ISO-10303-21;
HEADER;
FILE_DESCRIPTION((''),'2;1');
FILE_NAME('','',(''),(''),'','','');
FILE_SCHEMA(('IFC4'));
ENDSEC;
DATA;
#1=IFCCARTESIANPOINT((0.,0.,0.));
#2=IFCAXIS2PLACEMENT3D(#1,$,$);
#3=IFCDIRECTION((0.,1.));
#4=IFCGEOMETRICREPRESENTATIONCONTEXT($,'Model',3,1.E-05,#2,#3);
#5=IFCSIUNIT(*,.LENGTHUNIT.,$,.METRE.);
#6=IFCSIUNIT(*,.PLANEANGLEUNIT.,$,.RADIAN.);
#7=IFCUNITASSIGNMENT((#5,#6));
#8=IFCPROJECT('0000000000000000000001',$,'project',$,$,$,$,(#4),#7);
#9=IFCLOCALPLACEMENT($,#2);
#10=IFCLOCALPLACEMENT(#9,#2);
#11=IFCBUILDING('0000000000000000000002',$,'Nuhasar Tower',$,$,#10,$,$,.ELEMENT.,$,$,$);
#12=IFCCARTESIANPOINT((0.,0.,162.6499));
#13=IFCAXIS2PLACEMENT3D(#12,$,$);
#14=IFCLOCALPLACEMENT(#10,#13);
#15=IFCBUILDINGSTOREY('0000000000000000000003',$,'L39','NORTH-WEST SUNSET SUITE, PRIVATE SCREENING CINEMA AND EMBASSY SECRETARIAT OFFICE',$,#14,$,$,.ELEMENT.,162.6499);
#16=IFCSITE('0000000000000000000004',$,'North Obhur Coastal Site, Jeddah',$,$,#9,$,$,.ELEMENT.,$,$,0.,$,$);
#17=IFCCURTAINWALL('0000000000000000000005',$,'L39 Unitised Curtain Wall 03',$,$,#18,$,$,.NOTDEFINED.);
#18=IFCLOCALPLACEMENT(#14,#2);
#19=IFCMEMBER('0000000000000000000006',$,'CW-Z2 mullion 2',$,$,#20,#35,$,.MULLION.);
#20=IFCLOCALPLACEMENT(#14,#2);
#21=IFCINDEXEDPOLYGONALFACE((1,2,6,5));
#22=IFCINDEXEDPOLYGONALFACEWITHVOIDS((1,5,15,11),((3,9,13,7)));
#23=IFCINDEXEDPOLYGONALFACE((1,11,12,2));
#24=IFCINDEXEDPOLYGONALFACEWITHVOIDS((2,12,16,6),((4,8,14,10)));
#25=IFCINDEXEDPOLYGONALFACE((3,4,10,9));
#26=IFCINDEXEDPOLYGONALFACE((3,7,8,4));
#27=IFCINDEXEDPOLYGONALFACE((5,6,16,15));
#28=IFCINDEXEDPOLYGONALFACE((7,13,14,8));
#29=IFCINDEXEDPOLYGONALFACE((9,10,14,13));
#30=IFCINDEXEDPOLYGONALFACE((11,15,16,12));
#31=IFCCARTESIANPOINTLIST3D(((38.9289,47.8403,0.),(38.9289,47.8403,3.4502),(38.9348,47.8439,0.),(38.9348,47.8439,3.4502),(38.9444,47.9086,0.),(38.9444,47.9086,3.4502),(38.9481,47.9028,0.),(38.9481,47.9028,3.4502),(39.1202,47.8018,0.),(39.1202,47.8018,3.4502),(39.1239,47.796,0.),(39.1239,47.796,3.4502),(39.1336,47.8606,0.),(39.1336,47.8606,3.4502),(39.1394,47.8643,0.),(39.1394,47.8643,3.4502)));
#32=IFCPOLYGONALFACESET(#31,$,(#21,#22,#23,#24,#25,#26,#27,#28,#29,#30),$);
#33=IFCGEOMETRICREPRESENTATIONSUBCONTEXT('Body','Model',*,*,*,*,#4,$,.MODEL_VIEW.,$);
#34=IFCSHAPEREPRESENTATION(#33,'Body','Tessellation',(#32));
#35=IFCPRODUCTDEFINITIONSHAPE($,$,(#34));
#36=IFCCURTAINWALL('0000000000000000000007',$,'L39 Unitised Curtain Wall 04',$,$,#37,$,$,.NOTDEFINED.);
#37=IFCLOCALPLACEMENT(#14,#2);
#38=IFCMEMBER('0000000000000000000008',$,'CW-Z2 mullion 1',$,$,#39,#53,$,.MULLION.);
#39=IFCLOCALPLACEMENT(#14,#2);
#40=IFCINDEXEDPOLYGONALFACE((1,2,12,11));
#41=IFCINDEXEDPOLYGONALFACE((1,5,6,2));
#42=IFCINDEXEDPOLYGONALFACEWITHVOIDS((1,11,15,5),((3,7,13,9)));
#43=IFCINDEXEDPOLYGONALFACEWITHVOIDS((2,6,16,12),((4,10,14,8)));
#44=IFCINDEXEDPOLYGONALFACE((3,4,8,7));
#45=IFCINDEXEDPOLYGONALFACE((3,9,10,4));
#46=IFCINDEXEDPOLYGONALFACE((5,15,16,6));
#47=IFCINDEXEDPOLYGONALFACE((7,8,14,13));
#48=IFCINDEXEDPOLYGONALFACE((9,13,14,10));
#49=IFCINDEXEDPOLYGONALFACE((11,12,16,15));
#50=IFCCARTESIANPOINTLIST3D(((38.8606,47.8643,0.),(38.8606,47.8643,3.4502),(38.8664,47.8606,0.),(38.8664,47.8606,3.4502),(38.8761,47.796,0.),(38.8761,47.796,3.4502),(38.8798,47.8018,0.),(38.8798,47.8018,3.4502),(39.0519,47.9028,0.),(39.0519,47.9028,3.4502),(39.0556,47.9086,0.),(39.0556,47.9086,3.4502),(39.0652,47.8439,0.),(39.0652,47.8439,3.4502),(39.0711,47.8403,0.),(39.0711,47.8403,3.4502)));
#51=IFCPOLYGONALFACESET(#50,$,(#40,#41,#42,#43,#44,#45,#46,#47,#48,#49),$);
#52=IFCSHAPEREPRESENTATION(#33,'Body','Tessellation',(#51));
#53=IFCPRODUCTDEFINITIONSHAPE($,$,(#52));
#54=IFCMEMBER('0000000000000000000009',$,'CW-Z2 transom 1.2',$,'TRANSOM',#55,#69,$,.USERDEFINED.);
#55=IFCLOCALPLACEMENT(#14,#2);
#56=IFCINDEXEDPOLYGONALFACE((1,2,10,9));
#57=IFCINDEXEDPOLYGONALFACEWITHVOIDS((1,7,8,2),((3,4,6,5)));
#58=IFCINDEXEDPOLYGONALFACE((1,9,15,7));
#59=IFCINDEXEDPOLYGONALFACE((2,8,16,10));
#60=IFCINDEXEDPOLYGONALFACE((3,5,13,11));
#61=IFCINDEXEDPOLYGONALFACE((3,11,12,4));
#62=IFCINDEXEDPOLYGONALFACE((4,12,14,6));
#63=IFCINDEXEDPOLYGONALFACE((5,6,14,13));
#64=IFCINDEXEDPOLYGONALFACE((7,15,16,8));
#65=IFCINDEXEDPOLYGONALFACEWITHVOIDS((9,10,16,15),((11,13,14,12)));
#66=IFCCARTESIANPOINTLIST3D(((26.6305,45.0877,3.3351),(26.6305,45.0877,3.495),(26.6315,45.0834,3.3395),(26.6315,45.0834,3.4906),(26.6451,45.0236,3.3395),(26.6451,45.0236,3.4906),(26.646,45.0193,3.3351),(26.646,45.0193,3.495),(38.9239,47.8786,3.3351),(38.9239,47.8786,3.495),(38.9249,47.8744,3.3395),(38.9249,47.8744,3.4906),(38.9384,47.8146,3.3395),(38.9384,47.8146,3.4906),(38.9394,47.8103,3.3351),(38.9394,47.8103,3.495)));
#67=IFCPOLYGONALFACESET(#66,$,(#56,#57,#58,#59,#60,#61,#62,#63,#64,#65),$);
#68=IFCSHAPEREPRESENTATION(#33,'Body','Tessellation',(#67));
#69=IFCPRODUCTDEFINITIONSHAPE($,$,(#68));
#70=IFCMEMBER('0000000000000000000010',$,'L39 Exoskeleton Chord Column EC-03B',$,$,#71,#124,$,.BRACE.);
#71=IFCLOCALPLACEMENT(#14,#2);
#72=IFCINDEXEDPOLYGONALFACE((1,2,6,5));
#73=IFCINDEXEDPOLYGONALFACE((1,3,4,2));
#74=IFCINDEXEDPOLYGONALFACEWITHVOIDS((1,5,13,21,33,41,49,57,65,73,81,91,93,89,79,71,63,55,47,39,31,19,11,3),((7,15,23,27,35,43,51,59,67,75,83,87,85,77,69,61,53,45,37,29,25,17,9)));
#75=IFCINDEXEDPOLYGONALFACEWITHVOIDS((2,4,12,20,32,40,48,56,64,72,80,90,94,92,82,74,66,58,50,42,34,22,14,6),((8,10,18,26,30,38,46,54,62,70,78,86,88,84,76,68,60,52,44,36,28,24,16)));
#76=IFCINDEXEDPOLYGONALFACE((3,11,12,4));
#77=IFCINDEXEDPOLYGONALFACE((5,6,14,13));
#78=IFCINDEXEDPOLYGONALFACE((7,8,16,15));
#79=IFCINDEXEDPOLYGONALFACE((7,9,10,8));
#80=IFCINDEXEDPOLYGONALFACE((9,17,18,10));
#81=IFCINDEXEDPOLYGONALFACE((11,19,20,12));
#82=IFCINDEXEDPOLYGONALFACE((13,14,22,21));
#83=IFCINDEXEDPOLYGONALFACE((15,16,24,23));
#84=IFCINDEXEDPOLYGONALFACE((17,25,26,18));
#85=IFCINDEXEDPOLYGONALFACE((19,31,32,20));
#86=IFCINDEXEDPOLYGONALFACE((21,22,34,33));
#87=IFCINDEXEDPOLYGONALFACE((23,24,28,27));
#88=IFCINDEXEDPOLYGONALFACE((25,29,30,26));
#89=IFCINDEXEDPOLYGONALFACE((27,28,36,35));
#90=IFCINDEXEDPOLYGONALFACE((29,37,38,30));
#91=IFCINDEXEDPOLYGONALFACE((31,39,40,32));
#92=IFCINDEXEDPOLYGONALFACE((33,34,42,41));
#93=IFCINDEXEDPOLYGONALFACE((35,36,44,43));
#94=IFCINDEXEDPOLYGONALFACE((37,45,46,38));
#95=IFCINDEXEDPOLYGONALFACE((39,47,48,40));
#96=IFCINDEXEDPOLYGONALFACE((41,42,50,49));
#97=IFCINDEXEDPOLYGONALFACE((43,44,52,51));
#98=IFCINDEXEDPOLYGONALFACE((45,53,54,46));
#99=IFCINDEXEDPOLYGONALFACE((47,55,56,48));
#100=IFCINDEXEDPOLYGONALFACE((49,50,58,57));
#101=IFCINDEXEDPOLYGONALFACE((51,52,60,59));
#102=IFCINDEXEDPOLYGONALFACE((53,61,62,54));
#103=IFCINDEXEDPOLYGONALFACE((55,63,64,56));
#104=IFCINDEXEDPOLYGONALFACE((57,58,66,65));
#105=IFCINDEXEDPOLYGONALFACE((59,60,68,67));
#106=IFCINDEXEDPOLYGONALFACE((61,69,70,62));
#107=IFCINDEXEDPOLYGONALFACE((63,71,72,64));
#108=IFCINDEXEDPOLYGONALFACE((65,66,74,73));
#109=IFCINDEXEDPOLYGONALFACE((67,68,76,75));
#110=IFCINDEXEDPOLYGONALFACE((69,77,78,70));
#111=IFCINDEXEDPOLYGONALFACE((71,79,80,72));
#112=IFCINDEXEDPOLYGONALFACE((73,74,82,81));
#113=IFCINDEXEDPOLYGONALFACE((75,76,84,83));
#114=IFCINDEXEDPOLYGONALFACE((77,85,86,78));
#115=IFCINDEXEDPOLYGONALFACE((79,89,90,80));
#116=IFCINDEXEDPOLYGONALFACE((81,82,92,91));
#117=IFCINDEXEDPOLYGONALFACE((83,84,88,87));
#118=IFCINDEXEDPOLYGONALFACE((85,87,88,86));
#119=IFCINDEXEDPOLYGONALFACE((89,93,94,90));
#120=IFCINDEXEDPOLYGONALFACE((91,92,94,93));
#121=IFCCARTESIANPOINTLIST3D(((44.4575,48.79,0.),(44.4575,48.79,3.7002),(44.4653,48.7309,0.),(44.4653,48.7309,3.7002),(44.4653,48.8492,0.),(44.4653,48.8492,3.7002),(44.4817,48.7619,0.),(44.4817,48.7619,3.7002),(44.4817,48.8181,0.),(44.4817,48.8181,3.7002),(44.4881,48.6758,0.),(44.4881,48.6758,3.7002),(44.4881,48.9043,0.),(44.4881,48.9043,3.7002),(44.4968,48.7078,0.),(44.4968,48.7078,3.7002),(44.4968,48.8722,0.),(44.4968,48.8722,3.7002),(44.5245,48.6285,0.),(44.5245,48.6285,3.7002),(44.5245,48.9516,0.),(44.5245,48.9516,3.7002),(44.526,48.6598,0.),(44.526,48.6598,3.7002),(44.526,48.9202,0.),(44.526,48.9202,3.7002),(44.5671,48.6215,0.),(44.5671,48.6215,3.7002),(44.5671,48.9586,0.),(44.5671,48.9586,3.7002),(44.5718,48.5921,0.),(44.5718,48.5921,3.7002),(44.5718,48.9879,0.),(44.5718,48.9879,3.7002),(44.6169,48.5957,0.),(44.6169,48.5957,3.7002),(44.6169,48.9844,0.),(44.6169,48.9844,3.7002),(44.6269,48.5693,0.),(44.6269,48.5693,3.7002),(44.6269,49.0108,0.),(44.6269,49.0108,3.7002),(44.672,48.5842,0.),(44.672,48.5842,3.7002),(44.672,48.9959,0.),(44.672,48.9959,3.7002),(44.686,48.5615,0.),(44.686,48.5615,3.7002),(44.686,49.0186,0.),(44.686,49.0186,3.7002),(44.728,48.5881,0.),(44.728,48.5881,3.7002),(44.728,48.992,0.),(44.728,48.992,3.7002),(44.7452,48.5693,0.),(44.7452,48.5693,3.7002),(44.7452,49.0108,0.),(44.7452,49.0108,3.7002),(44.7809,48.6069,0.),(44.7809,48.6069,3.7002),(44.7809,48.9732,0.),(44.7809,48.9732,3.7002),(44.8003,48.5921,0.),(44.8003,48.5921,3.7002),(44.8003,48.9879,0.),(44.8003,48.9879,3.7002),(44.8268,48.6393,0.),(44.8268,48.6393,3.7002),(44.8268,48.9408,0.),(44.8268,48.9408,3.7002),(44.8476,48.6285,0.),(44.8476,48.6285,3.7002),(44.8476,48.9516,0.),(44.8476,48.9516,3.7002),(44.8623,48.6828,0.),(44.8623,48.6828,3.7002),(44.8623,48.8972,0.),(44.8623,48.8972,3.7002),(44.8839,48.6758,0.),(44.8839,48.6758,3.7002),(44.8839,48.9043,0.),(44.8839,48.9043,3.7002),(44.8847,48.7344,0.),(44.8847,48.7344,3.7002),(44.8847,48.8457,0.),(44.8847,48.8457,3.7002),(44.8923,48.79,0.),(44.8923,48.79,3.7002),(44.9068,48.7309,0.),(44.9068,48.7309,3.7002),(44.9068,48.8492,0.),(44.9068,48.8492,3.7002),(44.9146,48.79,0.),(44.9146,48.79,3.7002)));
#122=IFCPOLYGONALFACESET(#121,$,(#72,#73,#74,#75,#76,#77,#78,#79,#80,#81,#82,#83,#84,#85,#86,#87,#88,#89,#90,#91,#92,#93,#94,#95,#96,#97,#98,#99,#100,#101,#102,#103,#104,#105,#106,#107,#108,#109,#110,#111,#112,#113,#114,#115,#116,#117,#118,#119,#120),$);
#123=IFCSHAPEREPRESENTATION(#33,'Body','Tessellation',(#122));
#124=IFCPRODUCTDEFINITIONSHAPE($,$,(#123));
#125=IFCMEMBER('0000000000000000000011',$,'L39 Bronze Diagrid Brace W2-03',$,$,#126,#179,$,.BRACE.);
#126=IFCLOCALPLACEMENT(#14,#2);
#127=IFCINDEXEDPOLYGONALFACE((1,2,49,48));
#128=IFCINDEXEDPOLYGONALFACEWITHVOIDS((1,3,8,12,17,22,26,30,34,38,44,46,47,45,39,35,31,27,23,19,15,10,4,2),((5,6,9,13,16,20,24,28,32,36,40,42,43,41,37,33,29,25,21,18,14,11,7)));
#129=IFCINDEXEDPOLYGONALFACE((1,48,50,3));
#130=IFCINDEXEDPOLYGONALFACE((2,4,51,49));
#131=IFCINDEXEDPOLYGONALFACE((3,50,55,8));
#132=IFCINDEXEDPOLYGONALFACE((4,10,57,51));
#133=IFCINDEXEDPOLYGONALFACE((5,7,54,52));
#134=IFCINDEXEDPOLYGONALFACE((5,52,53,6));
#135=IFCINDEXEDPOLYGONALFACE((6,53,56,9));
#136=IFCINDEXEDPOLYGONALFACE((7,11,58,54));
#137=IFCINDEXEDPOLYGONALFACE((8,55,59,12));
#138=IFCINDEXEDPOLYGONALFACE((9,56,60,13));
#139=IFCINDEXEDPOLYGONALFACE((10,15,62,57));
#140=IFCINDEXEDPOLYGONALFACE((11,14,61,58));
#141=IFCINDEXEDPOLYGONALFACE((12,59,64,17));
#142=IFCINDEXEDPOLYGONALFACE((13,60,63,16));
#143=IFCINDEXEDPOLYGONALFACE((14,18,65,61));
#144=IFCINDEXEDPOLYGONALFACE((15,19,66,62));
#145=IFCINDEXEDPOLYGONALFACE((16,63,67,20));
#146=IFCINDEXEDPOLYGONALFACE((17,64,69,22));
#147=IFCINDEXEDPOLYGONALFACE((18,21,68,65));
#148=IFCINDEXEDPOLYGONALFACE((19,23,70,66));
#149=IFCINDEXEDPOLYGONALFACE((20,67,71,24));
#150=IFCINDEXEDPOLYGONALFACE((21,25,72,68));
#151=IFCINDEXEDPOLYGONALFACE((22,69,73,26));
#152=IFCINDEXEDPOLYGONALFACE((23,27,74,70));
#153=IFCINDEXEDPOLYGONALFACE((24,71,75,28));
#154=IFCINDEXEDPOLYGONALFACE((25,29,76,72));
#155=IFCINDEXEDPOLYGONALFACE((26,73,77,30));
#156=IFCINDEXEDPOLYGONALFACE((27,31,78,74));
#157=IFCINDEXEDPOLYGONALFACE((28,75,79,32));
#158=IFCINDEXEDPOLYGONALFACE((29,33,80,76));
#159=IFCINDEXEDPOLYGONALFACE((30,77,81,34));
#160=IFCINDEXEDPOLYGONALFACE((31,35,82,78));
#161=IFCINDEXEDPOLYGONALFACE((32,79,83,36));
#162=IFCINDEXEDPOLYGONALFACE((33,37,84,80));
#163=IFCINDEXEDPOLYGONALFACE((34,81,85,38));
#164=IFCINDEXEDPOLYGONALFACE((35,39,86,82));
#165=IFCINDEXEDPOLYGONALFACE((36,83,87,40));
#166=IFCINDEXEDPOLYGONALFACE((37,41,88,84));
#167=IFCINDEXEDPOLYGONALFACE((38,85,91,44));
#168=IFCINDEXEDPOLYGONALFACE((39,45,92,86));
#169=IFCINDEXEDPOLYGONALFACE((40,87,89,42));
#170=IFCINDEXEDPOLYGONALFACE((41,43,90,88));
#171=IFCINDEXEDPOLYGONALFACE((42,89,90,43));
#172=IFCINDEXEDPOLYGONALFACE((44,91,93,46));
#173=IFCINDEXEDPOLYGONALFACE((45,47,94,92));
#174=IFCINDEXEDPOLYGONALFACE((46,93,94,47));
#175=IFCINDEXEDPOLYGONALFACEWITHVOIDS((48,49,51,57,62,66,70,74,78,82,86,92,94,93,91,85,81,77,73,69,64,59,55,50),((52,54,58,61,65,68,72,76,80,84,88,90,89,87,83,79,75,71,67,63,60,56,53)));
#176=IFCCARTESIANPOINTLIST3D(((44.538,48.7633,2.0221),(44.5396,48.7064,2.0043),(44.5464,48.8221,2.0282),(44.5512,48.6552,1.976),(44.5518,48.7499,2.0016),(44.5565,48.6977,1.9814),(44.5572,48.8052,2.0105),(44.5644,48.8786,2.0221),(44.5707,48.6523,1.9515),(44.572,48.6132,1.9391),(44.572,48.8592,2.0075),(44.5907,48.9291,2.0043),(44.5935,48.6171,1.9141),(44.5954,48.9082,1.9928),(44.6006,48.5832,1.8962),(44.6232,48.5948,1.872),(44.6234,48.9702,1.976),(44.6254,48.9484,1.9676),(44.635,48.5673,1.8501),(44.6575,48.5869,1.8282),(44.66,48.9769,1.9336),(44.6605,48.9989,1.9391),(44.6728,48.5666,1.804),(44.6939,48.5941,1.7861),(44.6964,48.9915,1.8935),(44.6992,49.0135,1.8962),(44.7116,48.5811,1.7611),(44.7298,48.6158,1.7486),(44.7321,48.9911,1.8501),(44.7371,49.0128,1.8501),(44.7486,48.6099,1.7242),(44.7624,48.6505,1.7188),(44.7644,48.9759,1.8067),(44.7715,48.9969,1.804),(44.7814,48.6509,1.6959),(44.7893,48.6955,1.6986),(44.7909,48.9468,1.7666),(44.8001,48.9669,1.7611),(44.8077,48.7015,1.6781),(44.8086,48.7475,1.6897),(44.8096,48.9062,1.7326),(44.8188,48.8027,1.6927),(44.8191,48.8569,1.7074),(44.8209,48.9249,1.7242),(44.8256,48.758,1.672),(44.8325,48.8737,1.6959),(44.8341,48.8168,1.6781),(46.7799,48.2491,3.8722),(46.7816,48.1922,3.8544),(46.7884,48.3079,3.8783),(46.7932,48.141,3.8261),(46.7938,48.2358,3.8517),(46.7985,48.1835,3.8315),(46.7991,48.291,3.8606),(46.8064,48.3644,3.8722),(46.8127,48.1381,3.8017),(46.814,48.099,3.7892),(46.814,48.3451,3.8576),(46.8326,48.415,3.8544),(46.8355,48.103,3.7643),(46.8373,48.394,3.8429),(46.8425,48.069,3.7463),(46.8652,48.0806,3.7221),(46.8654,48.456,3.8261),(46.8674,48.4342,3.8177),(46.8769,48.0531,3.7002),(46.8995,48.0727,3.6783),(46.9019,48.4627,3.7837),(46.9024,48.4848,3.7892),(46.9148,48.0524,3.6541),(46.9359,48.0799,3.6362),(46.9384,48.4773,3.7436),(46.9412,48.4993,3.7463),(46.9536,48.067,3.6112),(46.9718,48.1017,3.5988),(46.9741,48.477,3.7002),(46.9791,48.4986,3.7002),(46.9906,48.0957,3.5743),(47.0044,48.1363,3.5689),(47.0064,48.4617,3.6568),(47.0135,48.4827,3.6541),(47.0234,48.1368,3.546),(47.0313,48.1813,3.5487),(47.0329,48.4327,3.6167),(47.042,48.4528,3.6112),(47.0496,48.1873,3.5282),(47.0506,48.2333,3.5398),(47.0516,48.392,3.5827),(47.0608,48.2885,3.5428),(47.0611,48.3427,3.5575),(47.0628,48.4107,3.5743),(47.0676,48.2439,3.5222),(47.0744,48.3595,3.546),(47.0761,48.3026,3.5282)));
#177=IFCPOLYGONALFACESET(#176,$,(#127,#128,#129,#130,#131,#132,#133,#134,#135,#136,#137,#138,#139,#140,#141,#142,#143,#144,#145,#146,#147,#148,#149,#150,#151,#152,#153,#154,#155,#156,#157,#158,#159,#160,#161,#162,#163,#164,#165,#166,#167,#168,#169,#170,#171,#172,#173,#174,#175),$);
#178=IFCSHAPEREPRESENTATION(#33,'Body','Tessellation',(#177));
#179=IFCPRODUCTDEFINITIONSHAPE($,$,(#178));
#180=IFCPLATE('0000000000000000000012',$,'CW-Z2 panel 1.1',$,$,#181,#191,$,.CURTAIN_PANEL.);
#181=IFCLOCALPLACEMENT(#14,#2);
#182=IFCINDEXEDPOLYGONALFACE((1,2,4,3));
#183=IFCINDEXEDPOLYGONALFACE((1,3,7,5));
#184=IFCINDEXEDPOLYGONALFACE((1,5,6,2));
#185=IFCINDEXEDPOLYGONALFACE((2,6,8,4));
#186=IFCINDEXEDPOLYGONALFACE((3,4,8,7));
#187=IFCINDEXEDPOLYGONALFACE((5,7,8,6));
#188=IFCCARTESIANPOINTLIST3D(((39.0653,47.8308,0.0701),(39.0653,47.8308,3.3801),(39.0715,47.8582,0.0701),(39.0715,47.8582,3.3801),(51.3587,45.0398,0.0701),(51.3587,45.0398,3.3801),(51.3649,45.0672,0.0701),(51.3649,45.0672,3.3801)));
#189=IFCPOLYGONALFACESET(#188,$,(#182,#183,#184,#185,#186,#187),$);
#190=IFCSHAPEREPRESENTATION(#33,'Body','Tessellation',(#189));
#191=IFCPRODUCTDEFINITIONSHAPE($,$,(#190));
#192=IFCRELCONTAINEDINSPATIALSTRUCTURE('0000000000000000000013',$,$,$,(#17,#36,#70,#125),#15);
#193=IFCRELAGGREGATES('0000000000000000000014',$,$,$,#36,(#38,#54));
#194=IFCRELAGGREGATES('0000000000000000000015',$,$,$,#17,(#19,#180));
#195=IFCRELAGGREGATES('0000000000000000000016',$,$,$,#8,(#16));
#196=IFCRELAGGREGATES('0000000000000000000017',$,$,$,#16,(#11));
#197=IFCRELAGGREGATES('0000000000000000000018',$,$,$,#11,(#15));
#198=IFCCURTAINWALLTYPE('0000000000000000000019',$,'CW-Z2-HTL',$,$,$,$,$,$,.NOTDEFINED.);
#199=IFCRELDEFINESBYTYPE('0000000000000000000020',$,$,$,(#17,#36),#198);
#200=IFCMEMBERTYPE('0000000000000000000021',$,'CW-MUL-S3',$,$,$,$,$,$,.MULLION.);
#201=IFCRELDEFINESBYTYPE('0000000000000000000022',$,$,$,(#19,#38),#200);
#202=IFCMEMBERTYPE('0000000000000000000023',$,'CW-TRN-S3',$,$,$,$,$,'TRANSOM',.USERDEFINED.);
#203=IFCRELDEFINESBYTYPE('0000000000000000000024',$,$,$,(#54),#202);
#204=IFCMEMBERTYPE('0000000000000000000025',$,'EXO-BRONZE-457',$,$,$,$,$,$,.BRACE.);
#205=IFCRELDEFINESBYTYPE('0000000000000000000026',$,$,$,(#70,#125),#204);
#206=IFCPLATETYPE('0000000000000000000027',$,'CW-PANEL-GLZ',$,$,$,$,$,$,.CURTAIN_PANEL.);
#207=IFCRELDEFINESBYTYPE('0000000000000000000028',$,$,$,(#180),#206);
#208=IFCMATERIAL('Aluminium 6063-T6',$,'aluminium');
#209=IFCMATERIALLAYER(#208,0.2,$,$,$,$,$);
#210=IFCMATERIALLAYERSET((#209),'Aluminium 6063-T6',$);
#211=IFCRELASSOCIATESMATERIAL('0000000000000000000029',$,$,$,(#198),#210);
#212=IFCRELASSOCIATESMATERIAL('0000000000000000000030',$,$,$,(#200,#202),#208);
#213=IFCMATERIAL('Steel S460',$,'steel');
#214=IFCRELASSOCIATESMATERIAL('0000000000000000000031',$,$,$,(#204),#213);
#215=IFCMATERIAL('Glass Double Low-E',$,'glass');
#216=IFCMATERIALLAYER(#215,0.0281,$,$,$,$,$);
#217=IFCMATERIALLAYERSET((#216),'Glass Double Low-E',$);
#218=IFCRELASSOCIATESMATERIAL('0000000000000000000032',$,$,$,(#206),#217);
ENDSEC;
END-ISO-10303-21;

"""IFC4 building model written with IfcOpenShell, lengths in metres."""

from ifc_helpers import new_model, si_unit, direction, frame, origin, origin_2d, place, context, subcontext, project, spatial, rectangle, hollow_rectangle, hollow_circle, extrude, material, layer, layer_set, material_profile, profile_set, type_object, element, aggregate, save


model = new_model("IFC4")

# Units and contexts
model_context = context("Model", 3, precision=1e-05, world=origin(), true_north=direction((0.0, 1.0)))
body_context = subcontext(model_context, "Body", "Model", "MODEL_VIEW")
ifc_project = project(units=[si_unit("LENGTHUNIT", "METRE"), si_unit("PLANEANGLEUNIT", "RADIAN")], contexts=[model_context])

# Site, building, storey
site_placement = place(None, origin())
site = spatial("IfcSite", under=ifc_project, at=site_placement, Name="North Obhur Coastal Site, Jeddah", CompositionType="ELEMENT", RefElevation=0.0)
building_placement = place(site_placement, origin())
building = spatial("IfcBuilding", under=site, at=building_placement, Name="Nuhasar Tower", CompositionType="ELEMENT")
storey_placement = place(building_placement, frame((0.0, 0.0, 162.6499)))
storey = spatial("IfcBuildingStorey", under=building, at=storey_placement, Name="L39", Description="NORTH-WEST SUNSET SUITE, PRIVATE SCREENING CINEMA AND EMBASSY SECRETARIAT OFFICE", CompositionType="ELEMENT", Elevation=162.6499)

# Curtain wall, member
ifc_material_1 = material(Name="Aluminium 6063-T6", Category="aluminium")
ifc_layer_1 = layer(ifc_material_1, 0.2)
ifc_layer_set_1 = layer_set([ifc_layer_1], Name="Aluminium 6063-T6")
curtain_wall_type = type_object("IfcCurtainWallType", Name="CW-Z2-HTL", PredefinedType="NOTDEFINED", material=ifc_layer_set_1)
curtain_wall_1_placement = place(storey_placement, origin())
curtain_wall_1 = element("IfcCurtainWall", 1, at=curtain_wall_1_placement, inside=storey, type_object=curtain_wall_type, Name="L39 Unitised Curtain Wall 03", PredefinedType="NOTDEFINED")
ifc_material_profile_1 = material_profile(ifc_material_1, hollow_rectangle(XDim=0.0701, YDim=0.2, WallThickness=0.0049, at=origin_2d()), Name="CWM-3")
ifc_profile_set_1 = profile_set([ifc_material_profile_1], Name="Aluminium 6063-T6")
member_type_1 = type_object("IfcMemberType", Name="CW-MUL-S3", PredefinedType="MULLION", material=ifc_profile_set_1)
member_1_placement = place(storey_placement, frame((39.0342, 47.8523, 0.0), z_axis=(0.0, 0.0, 1.0), x_axis=(-0.221397, -0.975184, 0.0)))
member_1 = element("IfcMember", 2, at=member_1_placement, type_object=member_type_1, Name="CW-Z2 mullion 2", PredefinedType="MULLION", context=body_context, shape_type="SweptSolid", body=[
    extrude(hollow_rectangle(XDim=0.0701, YDim=0.2, WallThickness=0.0049, at=origin_2d()), origin(), (0.0, 0.0, 1.0), 3.4502),
])

# Curtain wall, members
curtain_wall_2_placement = place(storey_placement, origin())
curtain_wall_2 = element("IfcCurtainWall", 3, at=curtain_wall_2_placement, inside=storey, type_object=curtain_wall_type, Name="L39 Unitised Curtain Wall 04", PredefinedType="NOTDEFINED")
member_2_placement = place(storey_placement, frame((38.9658, 47.8523, 0.0), z_axis=(0.0, 0.0, 1.0), x_axis=(0.221397, -0.975184, 0.0)))
member_2 = element("IfcMember", 4, at=member_2_placement, type_object=member_type_1, Name="CW-Z2 mullion 1", PredefinedType="MULLION", context=body_context, shape_type="SweptSolid", body=[
    extrude(hollow_rectangle(XDim=0.0701, YDim=0.2, WallThickness=0.0049, at=origin_2d()), origin(), (0.0, 0.0, 1.0), 3.4502),
])
ifc_material_profile_2 = material_profile(ifc_material_1, hollow_rectangle(XDim=0.0701, YDim=0.1599, WallThickness=0.0044, at=origin_2d()), Name="CWT-3")
ifc_profile_set_2 = profile_set([ifc_material_profile_2], Name="Aluminium 6063-T6")
member_type_2 = type_object("IfcMemberType", Name="CW-TRN-S3", ElementType="TRANSOM", PredefinedType="USERDEFINED", material=ifc_profile_set_2)
member_3_placement = place(storey_placement, frame((38.9316, 47.8445, 3.415), z_axis=(-0.975183, -0.221398, 0.0), x_axis=(0.221398, -0.975183, 0.0)))
member_3 = element("IfcMember", 5, at=member_3_placement, type_object=member_type_2, Name="CW-Z2 transom 1.2", ObjectType="TRANSOM", PredefinedType="USERDEFINED", context=body_context, shape_type="SweptSolid", body=[
    extrude(hollow_rectangle(XDim=0.0701, YDim=0.1599, WallThickness=0.0044, at=origin_2d()), origin(), (0.0, 0.0, 1.0), 12.6062),
])
aggregate(curtain_wall_2, [member_2, member_3])

# Members
ifc_material_2 = material(Name="Steel S460", Category="steel")
ifc_material_profile_3 = material_profile(ifc_material_2, hollow_circle(Radius=0.2285, WallThickness=0.0222, at=origin_2d()), Name="HSS457X22.2")
ifc_profile_set_3 = profile_set([ifc_material_profile_3], Name="Steel S460")
member_type_3 = type_object("IfcMemberType", Name="EXO-BRONZE-457", PredefinedType="BRACE", material=ifc_profile_set_3)
member_4_placement = place(storey_placement, frame((44.686, 48.79, 0.0), z_axis=(0.0, 0.0, 1.0), x_axis=(1.0, 0.0, 0.0)))
element("IfcMember", 6, at=member_4_placement, inside=storey, type_object=member_type_3, Name="L39 Exoskeleton Chord Column EC-03B", PredefinedType="BRACE", context=body_context, shape_type="SweptSolid", body=[
    extrude(hollow_circle(Radius=0.2285, WallThickness=0.0222, at=origin_2d()), origin(), (0.0, 0.0, 1.0), 3.7002),
])
member_5_placement = place(storey_placement, frame((44.686, 48.79, 1.8501), z_axis=(0.7595, -0.174181, 0.626755), x_axis=(0.223534, 0.974696, 0.0)))
element("IfcMember", 7, at=member_5_placement, inside=storey, type_object=member_type_3, Name="L39 Bronze Diagrid Brace W2-03", PredefinedType="BRACE", context=body_context, shape_type="SweptSolid", body=[
    extrude(hollow_circle(Radius=0.2285, WallThickness=0.0222, at=origin_2d()), origin(), (0.0, 0.0, 1.0), 2.9519),
])

# Plate
ifc_material_3 = material(Name="Glass Double Low-E", Category="glass")
ifc_layer_2 = layer(ifc_material_3, 0.0281)
ifc_layer_set_2 = layer_set([ifc_layer_2], Name="Glass Double Low-E")
plate_type = type_object("IfcPlateType", Name="CW-PANEL-GLZ", PredefinedType="CURTAIN_PANEL", material=ifc_layer_set_2)
plate_placement = place(storey_placement, frame((45.2151, 46.449, 0.0701), z_axis=(0.0, 0.0, 1.0), x_axis=(-0.975184, 0.221397, 0.0)))
plate = element("IfcPlate", 8, at=plate_placement, type_object=plate_type, Name="CW-Z2 panel 1.1", PredefinedType="CURTAIN_PANEL", context=body_context, shape_type="SweptSolid", body=[
    extrude(rectangle(XDim=12.6062, YDim=0.0281, at=origin_2d()), origin(), (0.0, 0.0, 1.0), 3.3101),
])
aggregate(curtain_wall_1, [member_1, plate])

save(model, "model.ifc")
